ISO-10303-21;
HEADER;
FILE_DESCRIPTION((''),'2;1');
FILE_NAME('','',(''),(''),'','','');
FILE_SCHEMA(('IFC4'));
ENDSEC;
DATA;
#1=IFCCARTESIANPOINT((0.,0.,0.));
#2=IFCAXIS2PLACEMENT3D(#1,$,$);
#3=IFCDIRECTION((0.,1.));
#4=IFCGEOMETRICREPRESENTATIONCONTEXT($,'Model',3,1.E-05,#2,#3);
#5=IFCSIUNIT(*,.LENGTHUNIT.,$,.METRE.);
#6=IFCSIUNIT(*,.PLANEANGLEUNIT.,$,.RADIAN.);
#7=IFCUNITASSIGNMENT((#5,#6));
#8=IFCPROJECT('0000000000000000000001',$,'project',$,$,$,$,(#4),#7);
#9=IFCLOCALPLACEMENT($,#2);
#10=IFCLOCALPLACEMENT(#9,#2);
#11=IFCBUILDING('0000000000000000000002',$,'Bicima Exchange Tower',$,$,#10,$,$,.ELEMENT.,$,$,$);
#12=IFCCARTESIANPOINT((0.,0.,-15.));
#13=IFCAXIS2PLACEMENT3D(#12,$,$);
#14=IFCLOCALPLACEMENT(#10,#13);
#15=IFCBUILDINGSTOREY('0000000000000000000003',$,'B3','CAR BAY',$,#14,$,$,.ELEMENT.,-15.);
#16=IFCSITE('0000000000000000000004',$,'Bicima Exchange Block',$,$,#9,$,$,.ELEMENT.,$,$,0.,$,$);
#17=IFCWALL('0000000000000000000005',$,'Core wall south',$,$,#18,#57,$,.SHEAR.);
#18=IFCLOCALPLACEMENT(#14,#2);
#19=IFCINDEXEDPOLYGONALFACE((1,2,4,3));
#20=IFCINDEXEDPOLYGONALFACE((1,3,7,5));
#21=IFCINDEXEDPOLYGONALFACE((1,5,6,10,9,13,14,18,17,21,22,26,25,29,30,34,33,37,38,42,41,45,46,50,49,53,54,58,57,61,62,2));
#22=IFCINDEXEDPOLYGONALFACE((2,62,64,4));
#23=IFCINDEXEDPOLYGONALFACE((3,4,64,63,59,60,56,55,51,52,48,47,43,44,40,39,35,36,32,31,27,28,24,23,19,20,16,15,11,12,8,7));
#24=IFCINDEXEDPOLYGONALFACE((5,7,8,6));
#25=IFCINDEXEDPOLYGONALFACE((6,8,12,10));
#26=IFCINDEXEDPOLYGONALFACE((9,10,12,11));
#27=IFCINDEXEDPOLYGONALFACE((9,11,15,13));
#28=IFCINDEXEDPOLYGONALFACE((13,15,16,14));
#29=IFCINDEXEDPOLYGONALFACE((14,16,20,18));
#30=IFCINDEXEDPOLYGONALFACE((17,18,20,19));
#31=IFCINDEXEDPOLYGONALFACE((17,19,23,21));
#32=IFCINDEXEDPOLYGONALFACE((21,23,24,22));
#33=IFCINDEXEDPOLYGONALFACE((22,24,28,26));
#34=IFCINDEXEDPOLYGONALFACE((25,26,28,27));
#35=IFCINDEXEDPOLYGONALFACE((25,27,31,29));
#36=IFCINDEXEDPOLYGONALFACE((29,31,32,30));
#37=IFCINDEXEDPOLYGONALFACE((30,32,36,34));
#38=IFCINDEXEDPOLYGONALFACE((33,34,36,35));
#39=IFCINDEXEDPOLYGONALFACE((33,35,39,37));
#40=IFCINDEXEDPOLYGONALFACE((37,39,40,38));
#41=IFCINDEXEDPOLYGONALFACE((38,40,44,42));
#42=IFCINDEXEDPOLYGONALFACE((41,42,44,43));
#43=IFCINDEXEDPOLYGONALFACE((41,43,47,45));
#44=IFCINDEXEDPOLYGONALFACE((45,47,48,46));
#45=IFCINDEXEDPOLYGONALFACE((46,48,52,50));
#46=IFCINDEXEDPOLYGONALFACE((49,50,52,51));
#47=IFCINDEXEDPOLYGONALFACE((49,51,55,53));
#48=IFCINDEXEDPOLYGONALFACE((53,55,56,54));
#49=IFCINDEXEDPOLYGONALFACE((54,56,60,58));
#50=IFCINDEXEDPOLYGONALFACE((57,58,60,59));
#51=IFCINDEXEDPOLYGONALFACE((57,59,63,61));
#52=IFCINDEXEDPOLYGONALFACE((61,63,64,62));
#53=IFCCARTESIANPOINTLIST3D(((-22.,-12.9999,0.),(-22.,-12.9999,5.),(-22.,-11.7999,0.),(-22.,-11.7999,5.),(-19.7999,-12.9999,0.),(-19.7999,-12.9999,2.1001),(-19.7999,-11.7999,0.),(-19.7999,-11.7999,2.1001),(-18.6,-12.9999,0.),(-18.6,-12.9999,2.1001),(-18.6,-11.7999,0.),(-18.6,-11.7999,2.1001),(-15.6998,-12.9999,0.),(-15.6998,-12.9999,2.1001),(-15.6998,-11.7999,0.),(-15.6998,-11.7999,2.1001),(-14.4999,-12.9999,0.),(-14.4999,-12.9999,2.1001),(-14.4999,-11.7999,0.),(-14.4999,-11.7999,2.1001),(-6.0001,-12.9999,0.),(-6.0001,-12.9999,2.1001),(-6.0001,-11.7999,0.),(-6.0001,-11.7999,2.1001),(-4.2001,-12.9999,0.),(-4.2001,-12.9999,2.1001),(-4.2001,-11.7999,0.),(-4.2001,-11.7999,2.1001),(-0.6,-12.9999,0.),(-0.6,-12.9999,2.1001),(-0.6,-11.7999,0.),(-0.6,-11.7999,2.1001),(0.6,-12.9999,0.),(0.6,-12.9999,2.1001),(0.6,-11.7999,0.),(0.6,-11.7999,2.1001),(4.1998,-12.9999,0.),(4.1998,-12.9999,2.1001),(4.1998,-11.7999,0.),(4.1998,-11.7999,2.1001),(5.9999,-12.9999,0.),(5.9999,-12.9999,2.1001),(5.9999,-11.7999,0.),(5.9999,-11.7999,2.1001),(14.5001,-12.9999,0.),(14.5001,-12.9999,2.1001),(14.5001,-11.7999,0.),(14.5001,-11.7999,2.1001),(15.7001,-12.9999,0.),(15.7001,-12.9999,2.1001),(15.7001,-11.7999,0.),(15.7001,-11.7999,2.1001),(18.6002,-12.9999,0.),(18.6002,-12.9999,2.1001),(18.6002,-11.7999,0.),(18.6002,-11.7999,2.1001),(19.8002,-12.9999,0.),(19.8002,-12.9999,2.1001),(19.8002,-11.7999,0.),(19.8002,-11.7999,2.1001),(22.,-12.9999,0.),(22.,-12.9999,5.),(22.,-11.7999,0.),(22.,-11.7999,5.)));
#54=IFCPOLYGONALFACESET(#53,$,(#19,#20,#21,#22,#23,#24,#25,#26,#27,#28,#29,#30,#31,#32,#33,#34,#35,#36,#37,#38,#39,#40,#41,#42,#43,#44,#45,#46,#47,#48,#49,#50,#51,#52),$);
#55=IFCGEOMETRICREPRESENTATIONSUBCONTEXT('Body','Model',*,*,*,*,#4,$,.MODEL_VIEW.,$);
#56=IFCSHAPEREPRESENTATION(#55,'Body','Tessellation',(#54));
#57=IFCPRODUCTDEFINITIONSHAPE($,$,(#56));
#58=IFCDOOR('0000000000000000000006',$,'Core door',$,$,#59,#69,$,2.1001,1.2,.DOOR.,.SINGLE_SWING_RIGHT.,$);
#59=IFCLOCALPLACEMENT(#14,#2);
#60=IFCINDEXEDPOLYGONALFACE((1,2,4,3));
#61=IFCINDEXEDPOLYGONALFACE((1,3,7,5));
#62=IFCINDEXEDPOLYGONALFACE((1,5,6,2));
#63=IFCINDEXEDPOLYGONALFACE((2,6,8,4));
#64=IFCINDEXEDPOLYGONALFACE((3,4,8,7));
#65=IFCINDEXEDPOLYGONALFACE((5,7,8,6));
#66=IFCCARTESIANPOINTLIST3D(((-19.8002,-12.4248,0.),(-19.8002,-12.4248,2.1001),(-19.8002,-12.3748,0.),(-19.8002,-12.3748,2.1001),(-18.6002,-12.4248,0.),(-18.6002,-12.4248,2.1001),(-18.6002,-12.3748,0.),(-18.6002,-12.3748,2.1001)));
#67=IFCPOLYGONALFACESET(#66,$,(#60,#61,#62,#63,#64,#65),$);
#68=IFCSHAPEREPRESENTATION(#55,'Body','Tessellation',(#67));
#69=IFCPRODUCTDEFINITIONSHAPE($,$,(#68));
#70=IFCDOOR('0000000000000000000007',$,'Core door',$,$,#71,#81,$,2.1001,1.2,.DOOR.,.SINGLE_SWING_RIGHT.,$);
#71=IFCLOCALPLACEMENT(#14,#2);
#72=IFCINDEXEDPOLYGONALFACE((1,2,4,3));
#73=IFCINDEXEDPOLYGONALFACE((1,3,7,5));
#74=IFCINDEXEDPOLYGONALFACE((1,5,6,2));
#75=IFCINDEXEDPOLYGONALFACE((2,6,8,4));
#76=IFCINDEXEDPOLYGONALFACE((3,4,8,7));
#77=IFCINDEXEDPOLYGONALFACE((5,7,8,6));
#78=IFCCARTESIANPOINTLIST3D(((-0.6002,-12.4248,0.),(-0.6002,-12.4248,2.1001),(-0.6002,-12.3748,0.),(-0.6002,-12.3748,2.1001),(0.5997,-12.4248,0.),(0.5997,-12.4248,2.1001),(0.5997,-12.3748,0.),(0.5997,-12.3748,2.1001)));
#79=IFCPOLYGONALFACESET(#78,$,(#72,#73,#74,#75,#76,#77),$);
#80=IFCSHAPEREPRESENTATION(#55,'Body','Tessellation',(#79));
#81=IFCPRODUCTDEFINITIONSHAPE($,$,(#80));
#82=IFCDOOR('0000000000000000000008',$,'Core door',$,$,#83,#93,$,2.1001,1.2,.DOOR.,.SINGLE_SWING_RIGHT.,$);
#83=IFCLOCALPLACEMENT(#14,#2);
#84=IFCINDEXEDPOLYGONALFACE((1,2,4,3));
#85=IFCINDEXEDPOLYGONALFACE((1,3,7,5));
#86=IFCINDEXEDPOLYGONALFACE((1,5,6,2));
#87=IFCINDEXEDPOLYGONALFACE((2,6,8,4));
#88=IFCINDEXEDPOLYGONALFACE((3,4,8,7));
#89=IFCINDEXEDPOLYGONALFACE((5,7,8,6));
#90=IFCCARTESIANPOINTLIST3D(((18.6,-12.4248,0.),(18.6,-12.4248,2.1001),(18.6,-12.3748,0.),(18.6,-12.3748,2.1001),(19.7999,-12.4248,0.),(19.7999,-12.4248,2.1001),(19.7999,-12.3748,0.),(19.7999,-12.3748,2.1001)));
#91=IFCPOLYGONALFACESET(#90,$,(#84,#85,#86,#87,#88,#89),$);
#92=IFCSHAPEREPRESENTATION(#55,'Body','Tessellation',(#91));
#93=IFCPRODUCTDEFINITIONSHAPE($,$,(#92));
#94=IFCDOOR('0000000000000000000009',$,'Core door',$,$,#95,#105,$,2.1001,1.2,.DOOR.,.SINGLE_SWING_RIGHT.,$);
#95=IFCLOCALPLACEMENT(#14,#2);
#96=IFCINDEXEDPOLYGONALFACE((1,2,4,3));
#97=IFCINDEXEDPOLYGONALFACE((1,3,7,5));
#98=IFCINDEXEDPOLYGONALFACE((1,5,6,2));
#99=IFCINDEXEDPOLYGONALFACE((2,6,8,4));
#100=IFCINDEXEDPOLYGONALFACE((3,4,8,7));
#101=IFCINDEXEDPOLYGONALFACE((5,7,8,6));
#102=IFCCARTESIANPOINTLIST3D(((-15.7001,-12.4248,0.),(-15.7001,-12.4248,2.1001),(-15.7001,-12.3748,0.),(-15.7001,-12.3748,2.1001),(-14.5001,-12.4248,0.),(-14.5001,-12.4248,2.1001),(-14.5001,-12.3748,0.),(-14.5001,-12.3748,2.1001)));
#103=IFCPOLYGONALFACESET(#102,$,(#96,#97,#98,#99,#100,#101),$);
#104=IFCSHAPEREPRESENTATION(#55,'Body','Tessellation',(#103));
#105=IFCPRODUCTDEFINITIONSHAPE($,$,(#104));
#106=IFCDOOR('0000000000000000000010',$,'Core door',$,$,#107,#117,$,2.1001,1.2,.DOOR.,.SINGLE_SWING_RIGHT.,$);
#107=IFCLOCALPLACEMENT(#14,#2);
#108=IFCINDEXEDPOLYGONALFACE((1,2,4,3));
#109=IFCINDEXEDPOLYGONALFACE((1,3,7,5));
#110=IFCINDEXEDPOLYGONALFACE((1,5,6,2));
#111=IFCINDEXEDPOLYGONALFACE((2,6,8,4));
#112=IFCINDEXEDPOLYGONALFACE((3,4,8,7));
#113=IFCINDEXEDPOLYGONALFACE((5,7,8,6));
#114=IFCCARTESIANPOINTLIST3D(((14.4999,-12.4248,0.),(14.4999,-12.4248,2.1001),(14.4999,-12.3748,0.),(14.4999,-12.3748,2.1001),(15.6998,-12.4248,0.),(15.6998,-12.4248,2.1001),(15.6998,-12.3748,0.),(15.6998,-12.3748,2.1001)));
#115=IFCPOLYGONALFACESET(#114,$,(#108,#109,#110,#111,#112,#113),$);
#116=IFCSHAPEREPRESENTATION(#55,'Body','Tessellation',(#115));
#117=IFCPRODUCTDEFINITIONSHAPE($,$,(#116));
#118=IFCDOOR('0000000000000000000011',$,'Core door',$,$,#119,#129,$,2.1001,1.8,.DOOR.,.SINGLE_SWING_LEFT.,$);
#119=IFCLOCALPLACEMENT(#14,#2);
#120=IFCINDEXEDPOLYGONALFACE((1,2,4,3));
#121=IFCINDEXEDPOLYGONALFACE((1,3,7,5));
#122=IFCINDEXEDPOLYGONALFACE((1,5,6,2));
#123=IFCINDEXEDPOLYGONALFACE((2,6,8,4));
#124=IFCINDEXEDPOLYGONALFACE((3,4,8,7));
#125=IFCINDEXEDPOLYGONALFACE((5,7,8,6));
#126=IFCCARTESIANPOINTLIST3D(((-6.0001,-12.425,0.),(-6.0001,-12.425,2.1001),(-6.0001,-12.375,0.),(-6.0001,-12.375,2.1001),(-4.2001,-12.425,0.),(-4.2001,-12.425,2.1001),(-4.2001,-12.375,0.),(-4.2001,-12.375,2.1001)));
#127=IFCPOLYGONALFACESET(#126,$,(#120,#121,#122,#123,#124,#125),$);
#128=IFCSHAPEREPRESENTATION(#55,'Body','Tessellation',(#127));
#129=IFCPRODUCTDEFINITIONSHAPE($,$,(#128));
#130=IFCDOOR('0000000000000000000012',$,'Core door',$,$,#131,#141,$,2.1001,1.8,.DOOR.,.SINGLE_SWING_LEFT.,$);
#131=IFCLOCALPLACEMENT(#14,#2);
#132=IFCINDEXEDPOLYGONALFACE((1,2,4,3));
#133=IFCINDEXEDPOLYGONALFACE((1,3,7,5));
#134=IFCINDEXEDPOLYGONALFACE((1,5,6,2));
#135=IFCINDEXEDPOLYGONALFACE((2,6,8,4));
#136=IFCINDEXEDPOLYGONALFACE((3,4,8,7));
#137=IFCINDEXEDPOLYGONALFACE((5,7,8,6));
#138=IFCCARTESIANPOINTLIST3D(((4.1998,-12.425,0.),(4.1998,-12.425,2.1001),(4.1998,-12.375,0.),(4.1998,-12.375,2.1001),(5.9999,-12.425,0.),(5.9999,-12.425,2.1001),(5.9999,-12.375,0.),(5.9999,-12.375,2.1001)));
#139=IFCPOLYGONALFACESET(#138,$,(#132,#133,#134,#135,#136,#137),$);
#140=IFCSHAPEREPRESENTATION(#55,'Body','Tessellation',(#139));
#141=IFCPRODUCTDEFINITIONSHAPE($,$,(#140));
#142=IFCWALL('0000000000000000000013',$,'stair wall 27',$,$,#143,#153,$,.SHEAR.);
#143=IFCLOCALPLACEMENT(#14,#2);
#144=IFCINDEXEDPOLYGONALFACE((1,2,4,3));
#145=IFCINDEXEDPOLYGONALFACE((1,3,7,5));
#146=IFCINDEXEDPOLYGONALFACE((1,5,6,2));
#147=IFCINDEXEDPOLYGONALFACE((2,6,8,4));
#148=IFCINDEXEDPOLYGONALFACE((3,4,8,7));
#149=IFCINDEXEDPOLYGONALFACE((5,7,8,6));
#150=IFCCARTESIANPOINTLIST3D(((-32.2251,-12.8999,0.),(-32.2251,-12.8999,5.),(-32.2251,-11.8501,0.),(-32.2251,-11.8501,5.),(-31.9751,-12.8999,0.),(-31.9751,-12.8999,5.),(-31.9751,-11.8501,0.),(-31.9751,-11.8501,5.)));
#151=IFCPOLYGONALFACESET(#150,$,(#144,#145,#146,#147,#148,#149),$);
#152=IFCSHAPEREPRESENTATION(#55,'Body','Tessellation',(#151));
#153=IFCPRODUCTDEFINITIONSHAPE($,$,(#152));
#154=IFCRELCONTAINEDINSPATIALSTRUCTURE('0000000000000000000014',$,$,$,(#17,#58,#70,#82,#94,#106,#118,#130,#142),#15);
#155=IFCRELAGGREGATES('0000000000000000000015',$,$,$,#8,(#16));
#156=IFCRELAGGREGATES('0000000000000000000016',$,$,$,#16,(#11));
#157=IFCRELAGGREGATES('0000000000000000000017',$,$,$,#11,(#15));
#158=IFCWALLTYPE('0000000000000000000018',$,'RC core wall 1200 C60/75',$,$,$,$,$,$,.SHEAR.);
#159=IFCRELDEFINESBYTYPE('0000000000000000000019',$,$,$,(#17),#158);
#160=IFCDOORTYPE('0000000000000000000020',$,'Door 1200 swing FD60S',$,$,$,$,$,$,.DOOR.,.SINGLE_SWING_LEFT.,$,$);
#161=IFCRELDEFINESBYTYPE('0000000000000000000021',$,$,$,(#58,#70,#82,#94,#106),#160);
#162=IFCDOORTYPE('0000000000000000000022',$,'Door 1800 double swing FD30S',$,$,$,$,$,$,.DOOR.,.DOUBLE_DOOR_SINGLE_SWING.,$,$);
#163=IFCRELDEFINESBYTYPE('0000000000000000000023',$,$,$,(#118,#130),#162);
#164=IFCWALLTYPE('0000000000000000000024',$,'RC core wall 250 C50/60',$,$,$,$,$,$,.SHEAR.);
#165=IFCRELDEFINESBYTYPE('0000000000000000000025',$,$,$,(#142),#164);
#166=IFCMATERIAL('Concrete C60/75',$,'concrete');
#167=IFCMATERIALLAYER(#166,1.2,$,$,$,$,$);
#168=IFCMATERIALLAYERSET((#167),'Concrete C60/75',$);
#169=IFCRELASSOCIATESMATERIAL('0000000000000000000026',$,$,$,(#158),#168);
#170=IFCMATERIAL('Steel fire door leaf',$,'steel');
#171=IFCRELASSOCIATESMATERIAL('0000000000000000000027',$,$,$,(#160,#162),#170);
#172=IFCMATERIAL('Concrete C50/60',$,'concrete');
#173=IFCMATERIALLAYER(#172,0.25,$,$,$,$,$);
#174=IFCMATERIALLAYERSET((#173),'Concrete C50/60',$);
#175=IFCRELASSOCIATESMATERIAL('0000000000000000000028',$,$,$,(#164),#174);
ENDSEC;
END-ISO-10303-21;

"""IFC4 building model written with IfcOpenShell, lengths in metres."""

from ifc_helpers import new_model, si_unit, direction, frame, frame_2d, origin, place, context, subcontext, project, spatial, rectangle, extrude, material, layer, layer_set, type_object, element, fill, save


model = new_model("IFC4")

# Units and contexts
model_context = context("Model", 3, precision=1e-05, world=origin(), true_north=direction((0.0, 1.0)))
body_context = subcontext(model_context, "Body", "Model", "MODEL_VIEW")
ifc_project = project(units=[si_unit("LENGTHUNIT", "METRE"), si_unit("PLANEANGLEUNIT", "RADIAN")], contexts=[model_context])

# Site, building, storey
site_placement = place(None, origin())
site = spatial("IfcSite", under=ifc_project, at=site_placement, Name="Bicima Exchange Block", CompositionType="ELEMENT", RefElevation=0.0)
building_placement = place(site_placement, origin())
building = spatial("IfcBuilding", under=site, at=building_placement, Name="Bicima Exchange Tower", CompositionType="ELEMENT")
storey_placement = place(building_placement, frame((0.0, 0.0, -15.0)))
storey = spatial("IfcBuildingStorey", under=building, at=storey_placement, Name="B3", Description="CAR BAY", CompositionType="ELEMENT", Elevation=-15.0)

# Shared definitions
ifc_material_1 = material(Name="Concrete C60/75", Category="concrete")

# Wall, openings, doors
ifc_layer_1 = layer(ifc_material_1, 1.2)
ifc_layer_set_1 = layer_set([ifc_layer_1], Name="Concrete C60/75")
wall_type_1 = type_object("IfcWallType", Name="RC core wall 1200 C60/75", PredefinedType="SHEAR", material=ifc_layer_set_1)
wall_1_placement = place(storey_placement, frame((-22.0, -12.3999, 0.0), z_axis=(0.0, 0.0, 1.0), x_axis=(1.0, 0.0, 0.0)))
wall_1 = element("IfcWall", 1, at=wall_1_placement, inside=storey, type_object=wall_type_1, Name="Core wall south", PredefinedType="SHEAR", context=body_context, shape_type="SweptSolid", body=[
    extrude(rectangle(XDim=44.0, YDim=1.2, at=frame_2d((22.0, 0.0))), origin(), (0.0, 0.0, 1.0), 5.0),
])
opening_1_placement = place(wall_1_placement, frame((2.2, 0.0, 0.0)))
opening_1 = element("IfcOpeningElement", 2, at=opening_1_placement, cuts=wall_1, PredefinedType="OPENING", context=body_context, shape_type="SweptSolid", body=[
    extrude(rectangle(XDim=1.2, YDim=2.1001, at=frame_2d((0.6001, 1.05))), frame((0.0, 0.6118, 0.0), z_axis=(0.0, -1.0, 0.0), x_axis=(1.0, 0.0, 0.0)), (0.0, 0.0, 1.0), 1.2239),
])
opening_2_placement = place(wall_1_placement, frame((21.3999, 0.0, 0.0)))
opening_2 = element("IfcOpeningElement", 3, at=opening_2_placement, cuts=wall_1, PredefinedType="OPENING", context=body_context, shape_type="SweptSolid", body=[
    extrude(rectangle(XDim=1.2, YDim=2.1001, at=frame_2d((0.6001, 1.05))), frame((0.0, 0.6118, 0.0), z_axis=(0.0, -1.0, 0.0), x_axis=(1.0, 0.0, 0.0)), (0.0, 0.0, 1.0), 1.2239),
])
opening_3_placement = place(wall_1_placement, frame((40.6001, 0.0, 0.0)))
opening_3 = element("IfcOpeningElement", 4, at=opening_3_placement, cuts=wall_1, PredefinedType="OPENING", context=body_context, shape_type="SweptSolid", body=[
    extrude(rectangle(XDim=1.2, YDim=2.1001, at=frame_2d((0.6001, 1.05))), frame((0.0, 0.6118, 0.0), z_axis=(0.0, -1.0, 0.0), x_axis=(1.0, 0.0, 0.0)), (0.0, 0.0, 1.0), 1.2239),
])
opening_4_placement = place(wall_1_placement, frame((16.0, 0.0, 0.0)))
opening_4 = element("IfcOpeningElement", 5, at=opening_4_placement, cuts=wall_1, PredefinedType="OPENING", context=body_context, shape_type="SweptSolid", body=[
    extrude(rectangle(XDim=1.8, YDim=2.1001, at=frame_2d((0.8999, 1.05))), frame((0.0, 0.6118, 0.0), z_axis=(0.0, -1.0, 0.0), x_axis=(1.0, 0.0, 0.0)), (0.0, 0.0, 1.0), 1.2239),
])
opening_5_placement = place(wall_1_placement, frame((6.3, 0.0, 0.0)))
opening_5 = element("IfcOpeningElement", 6, at=opening_5_placement, cuts=wall_1, PredefinedType="OPENING", context=body_context, shape_type="SweptSolid", body=[
    extrude(rectangle(XDim=1.2, YDim=2.1001, at=frame_2d((0.6001, 1.05))), frame((0.0, 0.6118, 0.0), z_axis=(0.0, -1.0, 0.0), x_axis=(1.0, 0.0, 0.0)), (0.0, 0.0, 1.0), 1.2239),
])
opening_6_placement = place(wall_1_placement, frame((26.2, 0.0, 0.0)))
opening_6 = element("IfcOpeningElement", 7, at=opening_6_placement, cuts=wall_1, PredefinedType="OPENING", context=body_context, shape_type="SweptSolid", body=[
    extrude(rectangle(XDim=1.8, YDim=2.1001, at=frame_2d((0.8999, 1.05))), frame((0.0, 0.6118, 0.0), z_axis=(0.0, -1.0, 0.0), x_axis=(1.0, 0.0, 0.0)), (0.0, 0.0, 1.0), 1.2239),
])
opening_7_placement = place(wall_1_placement, frame((36.5, 0.0, 0.0)))
opening_7 = element("IfcOpeningElement", 8, at=opening_7_placement, cuts=wall_1, PredefinedType="OPENING", context=body_context, shape_type="SweptSolid", body=[
    extrude(rectangle(XDim=1.2, YDim=2.1001, at=frame_2d((0.6001, 1.05))), frame((0.0, 0.6118, 0.0), z_axis=(0.0, -1.0, 0.0), x_axis=(1.0, 0.0, 0.0)), (0.0, 0.0, 1.0), 1.2239),
])
ifc_material_2 = material(Name="Steel fire door leaf", Category="steel")
door_type_1 = type_object("IfcDoorType", Name="Door 1200 swing FD60S", OperationType="SINGLE_SWING_LEFT", PredefinedType="DOOR", material=ifc_material_2)
door_1_placement = place(opening_1_placement, frame((1.2, 0.0, 0.0), z_axis=(0.0, 0.0, 1.0), x_axis=(-1.0, 0.0, 0.0)))
door_1 = element("IfcDoor", 9, at=door_1_placement, inside=storey, type_object=door_type_1, Name="Core door", OperationType="SINGLE_SWING_RIGHT", OverallHeight=2.1001, OverallWidth=1.2, PredefinedType="DOOR", context=body_context, shape_type="SweptSolid", body=[
    extrude(rectangle(XDim=1.2, YDim=2.1001, at=frame_2d((0.6001, 1.05))), frame((0.0, 0.0249, 0.0), z_axis=(0.0, -1.0, 0.0), x_axis=(1.0, 0.0, 0.0)), (0.0, 0.0, 1.0), 0.05),
])
fill(opening_1, door_1)
door_2_placement = place(opening_2_placement, frame((1.2, 0.0, 0.0), z_axis=(0.0, 0.0, 1.0), x_axis=(-1.0, 0.0, 0.0)))
door_2 = element("IfcDoor", 10, at=door_2_placement, inside=storey, type_object=door_type_1, Name="Core door", OperationType="SINGLE_SWING_RIGHT", OverallHeight=2.1001, OverallWidth=1.2, PredefinedType="DOOR", context=body_context, shape_type="SweptSolid", body=[
    extrude(rectangle(XDim=1.2, YDim=2.1001, at=frame_2d((0.6001, 1.05))), frame((0.0, 0.0249, 0.0), z_axis=(0.0, -1.0, 0.0), x_axis=(1.0, 0.0, 0.0)), (0.0, 0.0, 1.0), 0.05),
])
fill(opening_2, door_2)
door_3_placement = place(opening_3_placement, frame((1.2, 0.0, 0.0), z_axis=(0.0, 0.0, 1.0), x_axis=(-1.0, 0.0, 0.0)))
door_3 = element("IfcDoor", 11, at=door_3_placement, inside=storey, type_object=door_type_1, Name="Core door", OperationType="SINGLE_SWING_RIGHT", OverallHeight=2.1001, OverallWidth=1.2, PredefinedType="DOOR", context=body_context, shape_type="SweptSolid", body=[
    extrude(rectangle(XDim=1.2, YDim=2.1001, at=frame_2d((0.6001, 1.05))), frame((0.0, 0.0249, 0.0), z_axis=(0.0, -1.0, 0.0), x_axis=(1.0, 0.0, 0.0)), (0.0, 0.0, 1.0), 0.05),
])
fill(opening_3, door_3)
door_4_placement = place(opening_5_placement, frame((1.2, 0.0, 0.0), z_axis=(0.0, 0.0, 1.0), x_axis=(-1.0, 0.0, 0.0)))
door_4 = element("IfcDoor", 12, at=door_4_placement, inside=storey, type_object=door_type_1, Name="Core door", OperationType="SINGLE_SWING_RIGHT", OverallHeight=2.1001, OverallWidth=1.2, PredefinedType="DOOR", context=body_context, shape_type="SweptSolid", body=[
    extrude(rectangle(XDim=1.2, YDim=2.1001, at=frame_2d((0.6001, 1.05))), frame((0.0, 0.0249, 0.0), z_axis=(0.0, -1.0, 0.0), x_axis=(1.0, 0.0, 0.0)), (0.0, 0.0, 1.0), 0.05),
])
fill(opening_5, door_4)
door_5_placement = place(opening_7_placement, frame((1.2, 0.0, 0.0), z_axis=(0.0, 0.0, 1.0), x_axis=(-1.0, 0.0, 0.0)))
door_5 = element("IfcDoor", 13, at=door_5_placement, inside=storey, type_object=door_type_1, Name="Core door", OperationType="SINGLE_SWING_RIGHT", OverallHeight=2.1001, OverallWidth=1.2, PredefinedType="DOOR", context=body_context, shape_type="SweptSolid", body=[
    extrude(rectangle(XDim=1.2, YDim=2.1001, at=frame_2d((0.6001, 1.05))), frame((0.0, 0.0249, 0.0), z_axis=(0.0, -1.0, 0.0), x_axis=(1.0, 0.0, 0.0)), (0.0, 0.0, 1.0), 0.05),
])
fill(opening_7, door_5)
door_type_2 = type_object("IfcDoorType", Name="Door 1800 double swing FD30S", OperationType="DOUBLE_DOOR_SINGLE_SWING", PredefinedType="DOOR", material=ifc_material_2)
door_6_placement = place(opening_4_placement, origin())
door_6 = element("IfcDoor", 14, at=door_6_placement, inside=storey, type_object=door_type_2, Name="Core door", OperationType="SINGLE_SWING_LEFT", OverallHeight=2.1001, OverallWidth=1.8, PredefinedType="DOOR", context=body_context, shape_type="SweptSolid", body=[
    extrude(rectangle(XDim=1.8, YDim=2.1001, at=frame_2d((0.8999, 1.05))), frame((0.0, 0.0249, 0.0), z_axis=(0.0, -1.0, 0.0), x_axis=(1.0, 0.0, 0.0)), (0.0, 0.0, 1.0), 0.05),
])
fill(opening_4, door_6)
door_7_placement = place(opening_6_placement, origin())
door_7 = element("IfcDoor", 15, at=door_7_placement, inside=storey, type_object=door_type_2, Name="Core door", OperationType="SINGLE_SWING_LEFT", OverallHeight=2.1001, OverallWidth=1.8, PredefinedType="DOOR", context=body_context, shape_type="SweptSolid", body=[
    extrude(rectangle(XDim=1.8, YDim=2.1001, at=frame_2d((0.8999, 1.05))), frame((0.0, 0.0249, 0.0), z_axis=(0.0, -1.0, 0.0), x_axis=(1.0, 0.0, 0.0)), (0.0, 0.0, 1.0), 0.05),
])
fill(opening_6, door_7)

# Wall
ifc_material_3 = material(Name="Concrete C50/60", Category="concrete")
ifc_layer_2 = layer(ifc_material_3, 0.25)
ifc_layer_set_2 = layer_set([ifc_layer_2], Name="Concrete C50/60")
wall_type_2 = type_object("IfcWallType", Name="RC core wall 250 C50/60", PredefinedType="SHEAR", material=ifc_layer_set_2)
for number, where, z_axis, x_axis, name in (
    (16, (-32.1001, -12.8999, 0.0), (0.0, 0.0, 1.0), (0.0, 1.0, 0.0), "stair wall 27"),
):
    element("IfcWall", number, at=place(storey_placement, frame(where, z_axis=z_axis, x_axis=x_axis)), inside=storey, type_object=wall_type_2, Name=name, PredefinedType="SHEAR", context=body_context, shape_type="SweptSolid", body=[
        extrude(rectangle(XDim=1.0498, YDim=0.25, at=frame_2d((0.5249, 0.0))), origin(), (0.0, 0.0, 1.0), 5.0),
    ])

save(model, "model.ifc")
